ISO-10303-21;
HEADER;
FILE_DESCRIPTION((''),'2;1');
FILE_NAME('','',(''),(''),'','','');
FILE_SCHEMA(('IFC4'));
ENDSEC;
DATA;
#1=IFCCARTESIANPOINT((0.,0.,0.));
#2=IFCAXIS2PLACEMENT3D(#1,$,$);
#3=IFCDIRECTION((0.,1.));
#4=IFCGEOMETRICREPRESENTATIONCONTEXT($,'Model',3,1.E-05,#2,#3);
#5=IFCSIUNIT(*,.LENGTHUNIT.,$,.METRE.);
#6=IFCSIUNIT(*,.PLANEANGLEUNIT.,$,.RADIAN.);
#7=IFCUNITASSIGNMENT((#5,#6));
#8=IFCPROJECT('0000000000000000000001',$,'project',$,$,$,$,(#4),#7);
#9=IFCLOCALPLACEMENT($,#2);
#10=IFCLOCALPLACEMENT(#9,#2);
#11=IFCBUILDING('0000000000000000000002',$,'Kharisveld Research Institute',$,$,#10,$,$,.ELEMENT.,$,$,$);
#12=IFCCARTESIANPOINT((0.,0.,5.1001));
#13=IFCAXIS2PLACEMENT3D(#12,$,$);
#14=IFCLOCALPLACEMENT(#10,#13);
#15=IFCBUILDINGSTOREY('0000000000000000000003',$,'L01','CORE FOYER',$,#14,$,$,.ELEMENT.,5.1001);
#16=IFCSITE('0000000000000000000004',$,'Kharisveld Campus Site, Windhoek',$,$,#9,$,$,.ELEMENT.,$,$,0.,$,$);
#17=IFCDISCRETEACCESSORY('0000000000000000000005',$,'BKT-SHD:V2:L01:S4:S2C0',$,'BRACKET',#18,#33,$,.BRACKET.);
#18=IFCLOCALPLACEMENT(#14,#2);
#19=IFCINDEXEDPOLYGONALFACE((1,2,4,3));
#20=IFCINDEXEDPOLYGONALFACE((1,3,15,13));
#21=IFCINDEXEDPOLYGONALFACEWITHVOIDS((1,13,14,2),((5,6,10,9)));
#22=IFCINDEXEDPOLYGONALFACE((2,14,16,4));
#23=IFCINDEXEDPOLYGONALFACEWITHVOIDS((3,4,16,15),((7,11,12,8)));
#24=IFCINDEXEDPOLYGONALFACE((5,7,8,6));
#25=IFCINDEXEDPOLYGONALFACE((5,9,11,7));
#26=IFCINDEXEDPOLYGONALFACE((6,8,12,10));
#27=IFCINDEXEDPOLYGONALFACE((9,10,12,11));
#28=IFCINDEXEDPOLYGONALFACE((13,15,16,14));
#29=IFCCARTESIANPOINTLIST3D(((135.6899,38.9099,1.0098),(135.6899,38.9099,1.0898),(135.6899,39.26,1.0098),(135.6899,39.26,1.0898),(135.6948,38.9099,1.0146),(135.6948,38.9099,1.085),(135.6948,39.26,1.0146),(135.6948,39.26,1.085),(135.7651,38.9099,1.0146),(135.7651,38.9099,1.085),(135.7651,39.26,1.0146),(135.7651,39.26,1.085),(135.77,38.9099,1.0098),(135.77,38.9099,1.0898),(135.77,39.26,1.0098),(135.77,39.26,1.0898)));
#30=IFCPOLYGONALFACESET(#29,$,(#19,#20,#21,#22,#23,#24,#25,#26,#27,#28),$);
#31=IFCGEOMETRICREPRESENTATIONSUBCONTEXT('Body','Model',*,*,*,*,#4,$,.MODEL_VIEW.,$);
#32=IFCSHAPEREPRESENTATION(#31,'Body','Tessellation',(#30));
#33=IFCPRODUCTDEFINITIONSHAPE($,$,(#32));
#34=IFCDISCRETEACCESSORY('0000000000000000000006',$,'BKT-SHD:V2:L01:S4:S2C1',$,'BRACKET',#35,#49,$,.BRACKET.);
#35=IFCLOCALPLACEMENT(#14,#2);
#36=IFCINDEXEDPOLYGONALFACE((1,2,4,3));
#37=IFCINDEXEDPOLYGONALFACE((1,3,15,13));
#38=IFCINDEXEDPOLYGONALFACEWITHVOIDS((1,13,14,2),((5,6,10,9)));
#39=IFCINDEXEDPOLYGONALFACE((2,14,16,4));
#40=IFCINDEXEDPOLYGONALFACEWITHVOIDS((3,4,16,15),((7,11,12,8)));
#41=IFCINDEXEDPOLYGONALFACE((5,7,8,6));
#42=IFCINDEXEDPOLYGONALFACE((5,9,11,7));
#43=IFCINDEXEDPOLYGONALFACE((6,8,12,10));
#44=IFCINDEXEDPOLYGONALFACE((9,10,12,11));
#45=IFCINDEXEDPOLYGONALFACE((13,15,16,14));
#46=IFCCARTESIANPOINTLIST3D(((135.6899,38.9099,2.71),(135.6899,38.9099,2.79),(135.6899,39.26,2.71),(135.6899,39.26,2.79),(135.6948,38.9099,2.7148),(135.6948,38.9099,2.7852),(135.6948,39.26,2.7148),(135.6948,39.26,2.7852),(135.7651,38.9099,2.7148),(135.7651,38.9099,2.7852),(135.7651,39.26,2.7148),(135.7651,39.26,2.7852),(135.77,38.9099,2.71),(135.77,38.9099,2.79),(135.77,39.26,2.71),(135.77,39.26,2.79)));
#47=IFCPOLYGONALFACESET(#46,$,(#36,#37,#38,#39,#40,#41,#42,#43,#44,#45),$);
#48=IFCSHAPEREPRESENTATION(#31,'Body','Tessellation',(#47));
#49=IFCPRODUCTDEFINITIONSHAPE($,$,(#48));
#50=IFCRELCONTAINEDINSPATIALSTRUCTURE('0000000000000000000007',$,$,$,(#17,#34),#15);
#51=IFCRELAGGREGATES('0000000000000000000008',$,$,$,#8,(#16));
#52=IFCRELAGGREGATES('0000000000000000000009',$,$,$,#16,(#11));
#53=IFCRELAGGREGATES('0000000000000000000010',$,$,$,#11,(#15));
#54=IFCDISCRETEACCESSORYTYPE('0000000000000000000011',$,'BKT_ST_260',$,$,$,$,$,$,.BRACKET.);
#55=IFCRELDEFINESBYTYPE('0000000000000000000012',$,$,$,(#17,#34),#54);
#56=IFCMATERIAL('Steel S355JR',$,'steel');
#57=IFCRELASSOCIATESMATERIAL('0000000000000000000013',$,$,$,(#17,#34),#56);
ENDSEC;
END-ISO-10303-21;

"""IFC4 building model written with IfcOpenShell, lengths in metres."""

from ifc_helpers import new_model, si_unit, direction, frame, origin, origin_2d, place, context, subcontext, project, spatial, hollow_rectangle, extrude, material, type_object, element, save


model = new_model("IFC4")

# Units and contexts
model_context = context("Model", 3, precision=1e-05, world=origin(), true_north=direction((0.0, 1.0)))
body_context = subcontext(model_context, "Body", "Model", "MODEL_VIEW")
ifc_project = project(units=[si_unit("LENGTHUNIT", "METRE"), si_unit("PLANEANGLEUNIT", "RADIAN")], contexts=[model_context])

# Site, building, storey
site_placement = place(None, origin())
site = spatial("IfcSite", under=ifc_project, at=site_placement, Name="Kharisveld Campus Site, Windhoek", CompositionType="ELEMENT", RefElevation=0.0)
building_placement = place(site_placement, origin())
building = spatial("IfcBuilding", under=site, at=building_placement, Name="Kharisveld Research Institute", CompositionType="ELEMENT")
storey_placement = place(building_placement, frame((0.0, 0.0, 5.1001)))
storey = spatial("IfcBuildingStorey", under=building, at=storey_placement, Name="L01", Description="CORE FOYER", CompositionType="ELEMENT", Elevation=5.1001)

# Discrete accessories
ifc_material_1 = material(Name="Steel S355JR", Category="steel")
discrete_accessory_type = type_object("IfcDiscreteAccessoryType", Name="BKT_ST_260", PredefinedType="BRACKET")
for number, where, z_axis, x_axis, name in (
    (1, (135.73, 39.26, 1.0498), (0.0, -1.0, 0.0), (1.0, 0.0, 0.0), "BKT-SHD:V2:L01:S4:S2C0"),
    (2, (135.73, 39.26, 2.75), (0.0, -1.0, 0.0), (1.0, 0.0, 0.0), "BKT-SHD:V2:L01:S4:S2C1"),
):
    element("IfcDiscreteAccessory", number, at=place(storey_placement, frame(where, z_axis=z_axis, x_axis=x_axis)), inside=storey, type_object=discrete_accessory_type, material=ifc_material_1, Name=name, ObjectType="BRACKET", PredefinedType="BRACKET", context=body_context, shape_type="SweptSolid", body=[
        extrude(hollow_rectangle(XDim=0.0801, YDim=0.0801, WallThickness=0.0049, at=origin_2d()), origin(), (0.0, 0.0, 1.0), 0.3501),
    ])

save(model, "model.ifc")
